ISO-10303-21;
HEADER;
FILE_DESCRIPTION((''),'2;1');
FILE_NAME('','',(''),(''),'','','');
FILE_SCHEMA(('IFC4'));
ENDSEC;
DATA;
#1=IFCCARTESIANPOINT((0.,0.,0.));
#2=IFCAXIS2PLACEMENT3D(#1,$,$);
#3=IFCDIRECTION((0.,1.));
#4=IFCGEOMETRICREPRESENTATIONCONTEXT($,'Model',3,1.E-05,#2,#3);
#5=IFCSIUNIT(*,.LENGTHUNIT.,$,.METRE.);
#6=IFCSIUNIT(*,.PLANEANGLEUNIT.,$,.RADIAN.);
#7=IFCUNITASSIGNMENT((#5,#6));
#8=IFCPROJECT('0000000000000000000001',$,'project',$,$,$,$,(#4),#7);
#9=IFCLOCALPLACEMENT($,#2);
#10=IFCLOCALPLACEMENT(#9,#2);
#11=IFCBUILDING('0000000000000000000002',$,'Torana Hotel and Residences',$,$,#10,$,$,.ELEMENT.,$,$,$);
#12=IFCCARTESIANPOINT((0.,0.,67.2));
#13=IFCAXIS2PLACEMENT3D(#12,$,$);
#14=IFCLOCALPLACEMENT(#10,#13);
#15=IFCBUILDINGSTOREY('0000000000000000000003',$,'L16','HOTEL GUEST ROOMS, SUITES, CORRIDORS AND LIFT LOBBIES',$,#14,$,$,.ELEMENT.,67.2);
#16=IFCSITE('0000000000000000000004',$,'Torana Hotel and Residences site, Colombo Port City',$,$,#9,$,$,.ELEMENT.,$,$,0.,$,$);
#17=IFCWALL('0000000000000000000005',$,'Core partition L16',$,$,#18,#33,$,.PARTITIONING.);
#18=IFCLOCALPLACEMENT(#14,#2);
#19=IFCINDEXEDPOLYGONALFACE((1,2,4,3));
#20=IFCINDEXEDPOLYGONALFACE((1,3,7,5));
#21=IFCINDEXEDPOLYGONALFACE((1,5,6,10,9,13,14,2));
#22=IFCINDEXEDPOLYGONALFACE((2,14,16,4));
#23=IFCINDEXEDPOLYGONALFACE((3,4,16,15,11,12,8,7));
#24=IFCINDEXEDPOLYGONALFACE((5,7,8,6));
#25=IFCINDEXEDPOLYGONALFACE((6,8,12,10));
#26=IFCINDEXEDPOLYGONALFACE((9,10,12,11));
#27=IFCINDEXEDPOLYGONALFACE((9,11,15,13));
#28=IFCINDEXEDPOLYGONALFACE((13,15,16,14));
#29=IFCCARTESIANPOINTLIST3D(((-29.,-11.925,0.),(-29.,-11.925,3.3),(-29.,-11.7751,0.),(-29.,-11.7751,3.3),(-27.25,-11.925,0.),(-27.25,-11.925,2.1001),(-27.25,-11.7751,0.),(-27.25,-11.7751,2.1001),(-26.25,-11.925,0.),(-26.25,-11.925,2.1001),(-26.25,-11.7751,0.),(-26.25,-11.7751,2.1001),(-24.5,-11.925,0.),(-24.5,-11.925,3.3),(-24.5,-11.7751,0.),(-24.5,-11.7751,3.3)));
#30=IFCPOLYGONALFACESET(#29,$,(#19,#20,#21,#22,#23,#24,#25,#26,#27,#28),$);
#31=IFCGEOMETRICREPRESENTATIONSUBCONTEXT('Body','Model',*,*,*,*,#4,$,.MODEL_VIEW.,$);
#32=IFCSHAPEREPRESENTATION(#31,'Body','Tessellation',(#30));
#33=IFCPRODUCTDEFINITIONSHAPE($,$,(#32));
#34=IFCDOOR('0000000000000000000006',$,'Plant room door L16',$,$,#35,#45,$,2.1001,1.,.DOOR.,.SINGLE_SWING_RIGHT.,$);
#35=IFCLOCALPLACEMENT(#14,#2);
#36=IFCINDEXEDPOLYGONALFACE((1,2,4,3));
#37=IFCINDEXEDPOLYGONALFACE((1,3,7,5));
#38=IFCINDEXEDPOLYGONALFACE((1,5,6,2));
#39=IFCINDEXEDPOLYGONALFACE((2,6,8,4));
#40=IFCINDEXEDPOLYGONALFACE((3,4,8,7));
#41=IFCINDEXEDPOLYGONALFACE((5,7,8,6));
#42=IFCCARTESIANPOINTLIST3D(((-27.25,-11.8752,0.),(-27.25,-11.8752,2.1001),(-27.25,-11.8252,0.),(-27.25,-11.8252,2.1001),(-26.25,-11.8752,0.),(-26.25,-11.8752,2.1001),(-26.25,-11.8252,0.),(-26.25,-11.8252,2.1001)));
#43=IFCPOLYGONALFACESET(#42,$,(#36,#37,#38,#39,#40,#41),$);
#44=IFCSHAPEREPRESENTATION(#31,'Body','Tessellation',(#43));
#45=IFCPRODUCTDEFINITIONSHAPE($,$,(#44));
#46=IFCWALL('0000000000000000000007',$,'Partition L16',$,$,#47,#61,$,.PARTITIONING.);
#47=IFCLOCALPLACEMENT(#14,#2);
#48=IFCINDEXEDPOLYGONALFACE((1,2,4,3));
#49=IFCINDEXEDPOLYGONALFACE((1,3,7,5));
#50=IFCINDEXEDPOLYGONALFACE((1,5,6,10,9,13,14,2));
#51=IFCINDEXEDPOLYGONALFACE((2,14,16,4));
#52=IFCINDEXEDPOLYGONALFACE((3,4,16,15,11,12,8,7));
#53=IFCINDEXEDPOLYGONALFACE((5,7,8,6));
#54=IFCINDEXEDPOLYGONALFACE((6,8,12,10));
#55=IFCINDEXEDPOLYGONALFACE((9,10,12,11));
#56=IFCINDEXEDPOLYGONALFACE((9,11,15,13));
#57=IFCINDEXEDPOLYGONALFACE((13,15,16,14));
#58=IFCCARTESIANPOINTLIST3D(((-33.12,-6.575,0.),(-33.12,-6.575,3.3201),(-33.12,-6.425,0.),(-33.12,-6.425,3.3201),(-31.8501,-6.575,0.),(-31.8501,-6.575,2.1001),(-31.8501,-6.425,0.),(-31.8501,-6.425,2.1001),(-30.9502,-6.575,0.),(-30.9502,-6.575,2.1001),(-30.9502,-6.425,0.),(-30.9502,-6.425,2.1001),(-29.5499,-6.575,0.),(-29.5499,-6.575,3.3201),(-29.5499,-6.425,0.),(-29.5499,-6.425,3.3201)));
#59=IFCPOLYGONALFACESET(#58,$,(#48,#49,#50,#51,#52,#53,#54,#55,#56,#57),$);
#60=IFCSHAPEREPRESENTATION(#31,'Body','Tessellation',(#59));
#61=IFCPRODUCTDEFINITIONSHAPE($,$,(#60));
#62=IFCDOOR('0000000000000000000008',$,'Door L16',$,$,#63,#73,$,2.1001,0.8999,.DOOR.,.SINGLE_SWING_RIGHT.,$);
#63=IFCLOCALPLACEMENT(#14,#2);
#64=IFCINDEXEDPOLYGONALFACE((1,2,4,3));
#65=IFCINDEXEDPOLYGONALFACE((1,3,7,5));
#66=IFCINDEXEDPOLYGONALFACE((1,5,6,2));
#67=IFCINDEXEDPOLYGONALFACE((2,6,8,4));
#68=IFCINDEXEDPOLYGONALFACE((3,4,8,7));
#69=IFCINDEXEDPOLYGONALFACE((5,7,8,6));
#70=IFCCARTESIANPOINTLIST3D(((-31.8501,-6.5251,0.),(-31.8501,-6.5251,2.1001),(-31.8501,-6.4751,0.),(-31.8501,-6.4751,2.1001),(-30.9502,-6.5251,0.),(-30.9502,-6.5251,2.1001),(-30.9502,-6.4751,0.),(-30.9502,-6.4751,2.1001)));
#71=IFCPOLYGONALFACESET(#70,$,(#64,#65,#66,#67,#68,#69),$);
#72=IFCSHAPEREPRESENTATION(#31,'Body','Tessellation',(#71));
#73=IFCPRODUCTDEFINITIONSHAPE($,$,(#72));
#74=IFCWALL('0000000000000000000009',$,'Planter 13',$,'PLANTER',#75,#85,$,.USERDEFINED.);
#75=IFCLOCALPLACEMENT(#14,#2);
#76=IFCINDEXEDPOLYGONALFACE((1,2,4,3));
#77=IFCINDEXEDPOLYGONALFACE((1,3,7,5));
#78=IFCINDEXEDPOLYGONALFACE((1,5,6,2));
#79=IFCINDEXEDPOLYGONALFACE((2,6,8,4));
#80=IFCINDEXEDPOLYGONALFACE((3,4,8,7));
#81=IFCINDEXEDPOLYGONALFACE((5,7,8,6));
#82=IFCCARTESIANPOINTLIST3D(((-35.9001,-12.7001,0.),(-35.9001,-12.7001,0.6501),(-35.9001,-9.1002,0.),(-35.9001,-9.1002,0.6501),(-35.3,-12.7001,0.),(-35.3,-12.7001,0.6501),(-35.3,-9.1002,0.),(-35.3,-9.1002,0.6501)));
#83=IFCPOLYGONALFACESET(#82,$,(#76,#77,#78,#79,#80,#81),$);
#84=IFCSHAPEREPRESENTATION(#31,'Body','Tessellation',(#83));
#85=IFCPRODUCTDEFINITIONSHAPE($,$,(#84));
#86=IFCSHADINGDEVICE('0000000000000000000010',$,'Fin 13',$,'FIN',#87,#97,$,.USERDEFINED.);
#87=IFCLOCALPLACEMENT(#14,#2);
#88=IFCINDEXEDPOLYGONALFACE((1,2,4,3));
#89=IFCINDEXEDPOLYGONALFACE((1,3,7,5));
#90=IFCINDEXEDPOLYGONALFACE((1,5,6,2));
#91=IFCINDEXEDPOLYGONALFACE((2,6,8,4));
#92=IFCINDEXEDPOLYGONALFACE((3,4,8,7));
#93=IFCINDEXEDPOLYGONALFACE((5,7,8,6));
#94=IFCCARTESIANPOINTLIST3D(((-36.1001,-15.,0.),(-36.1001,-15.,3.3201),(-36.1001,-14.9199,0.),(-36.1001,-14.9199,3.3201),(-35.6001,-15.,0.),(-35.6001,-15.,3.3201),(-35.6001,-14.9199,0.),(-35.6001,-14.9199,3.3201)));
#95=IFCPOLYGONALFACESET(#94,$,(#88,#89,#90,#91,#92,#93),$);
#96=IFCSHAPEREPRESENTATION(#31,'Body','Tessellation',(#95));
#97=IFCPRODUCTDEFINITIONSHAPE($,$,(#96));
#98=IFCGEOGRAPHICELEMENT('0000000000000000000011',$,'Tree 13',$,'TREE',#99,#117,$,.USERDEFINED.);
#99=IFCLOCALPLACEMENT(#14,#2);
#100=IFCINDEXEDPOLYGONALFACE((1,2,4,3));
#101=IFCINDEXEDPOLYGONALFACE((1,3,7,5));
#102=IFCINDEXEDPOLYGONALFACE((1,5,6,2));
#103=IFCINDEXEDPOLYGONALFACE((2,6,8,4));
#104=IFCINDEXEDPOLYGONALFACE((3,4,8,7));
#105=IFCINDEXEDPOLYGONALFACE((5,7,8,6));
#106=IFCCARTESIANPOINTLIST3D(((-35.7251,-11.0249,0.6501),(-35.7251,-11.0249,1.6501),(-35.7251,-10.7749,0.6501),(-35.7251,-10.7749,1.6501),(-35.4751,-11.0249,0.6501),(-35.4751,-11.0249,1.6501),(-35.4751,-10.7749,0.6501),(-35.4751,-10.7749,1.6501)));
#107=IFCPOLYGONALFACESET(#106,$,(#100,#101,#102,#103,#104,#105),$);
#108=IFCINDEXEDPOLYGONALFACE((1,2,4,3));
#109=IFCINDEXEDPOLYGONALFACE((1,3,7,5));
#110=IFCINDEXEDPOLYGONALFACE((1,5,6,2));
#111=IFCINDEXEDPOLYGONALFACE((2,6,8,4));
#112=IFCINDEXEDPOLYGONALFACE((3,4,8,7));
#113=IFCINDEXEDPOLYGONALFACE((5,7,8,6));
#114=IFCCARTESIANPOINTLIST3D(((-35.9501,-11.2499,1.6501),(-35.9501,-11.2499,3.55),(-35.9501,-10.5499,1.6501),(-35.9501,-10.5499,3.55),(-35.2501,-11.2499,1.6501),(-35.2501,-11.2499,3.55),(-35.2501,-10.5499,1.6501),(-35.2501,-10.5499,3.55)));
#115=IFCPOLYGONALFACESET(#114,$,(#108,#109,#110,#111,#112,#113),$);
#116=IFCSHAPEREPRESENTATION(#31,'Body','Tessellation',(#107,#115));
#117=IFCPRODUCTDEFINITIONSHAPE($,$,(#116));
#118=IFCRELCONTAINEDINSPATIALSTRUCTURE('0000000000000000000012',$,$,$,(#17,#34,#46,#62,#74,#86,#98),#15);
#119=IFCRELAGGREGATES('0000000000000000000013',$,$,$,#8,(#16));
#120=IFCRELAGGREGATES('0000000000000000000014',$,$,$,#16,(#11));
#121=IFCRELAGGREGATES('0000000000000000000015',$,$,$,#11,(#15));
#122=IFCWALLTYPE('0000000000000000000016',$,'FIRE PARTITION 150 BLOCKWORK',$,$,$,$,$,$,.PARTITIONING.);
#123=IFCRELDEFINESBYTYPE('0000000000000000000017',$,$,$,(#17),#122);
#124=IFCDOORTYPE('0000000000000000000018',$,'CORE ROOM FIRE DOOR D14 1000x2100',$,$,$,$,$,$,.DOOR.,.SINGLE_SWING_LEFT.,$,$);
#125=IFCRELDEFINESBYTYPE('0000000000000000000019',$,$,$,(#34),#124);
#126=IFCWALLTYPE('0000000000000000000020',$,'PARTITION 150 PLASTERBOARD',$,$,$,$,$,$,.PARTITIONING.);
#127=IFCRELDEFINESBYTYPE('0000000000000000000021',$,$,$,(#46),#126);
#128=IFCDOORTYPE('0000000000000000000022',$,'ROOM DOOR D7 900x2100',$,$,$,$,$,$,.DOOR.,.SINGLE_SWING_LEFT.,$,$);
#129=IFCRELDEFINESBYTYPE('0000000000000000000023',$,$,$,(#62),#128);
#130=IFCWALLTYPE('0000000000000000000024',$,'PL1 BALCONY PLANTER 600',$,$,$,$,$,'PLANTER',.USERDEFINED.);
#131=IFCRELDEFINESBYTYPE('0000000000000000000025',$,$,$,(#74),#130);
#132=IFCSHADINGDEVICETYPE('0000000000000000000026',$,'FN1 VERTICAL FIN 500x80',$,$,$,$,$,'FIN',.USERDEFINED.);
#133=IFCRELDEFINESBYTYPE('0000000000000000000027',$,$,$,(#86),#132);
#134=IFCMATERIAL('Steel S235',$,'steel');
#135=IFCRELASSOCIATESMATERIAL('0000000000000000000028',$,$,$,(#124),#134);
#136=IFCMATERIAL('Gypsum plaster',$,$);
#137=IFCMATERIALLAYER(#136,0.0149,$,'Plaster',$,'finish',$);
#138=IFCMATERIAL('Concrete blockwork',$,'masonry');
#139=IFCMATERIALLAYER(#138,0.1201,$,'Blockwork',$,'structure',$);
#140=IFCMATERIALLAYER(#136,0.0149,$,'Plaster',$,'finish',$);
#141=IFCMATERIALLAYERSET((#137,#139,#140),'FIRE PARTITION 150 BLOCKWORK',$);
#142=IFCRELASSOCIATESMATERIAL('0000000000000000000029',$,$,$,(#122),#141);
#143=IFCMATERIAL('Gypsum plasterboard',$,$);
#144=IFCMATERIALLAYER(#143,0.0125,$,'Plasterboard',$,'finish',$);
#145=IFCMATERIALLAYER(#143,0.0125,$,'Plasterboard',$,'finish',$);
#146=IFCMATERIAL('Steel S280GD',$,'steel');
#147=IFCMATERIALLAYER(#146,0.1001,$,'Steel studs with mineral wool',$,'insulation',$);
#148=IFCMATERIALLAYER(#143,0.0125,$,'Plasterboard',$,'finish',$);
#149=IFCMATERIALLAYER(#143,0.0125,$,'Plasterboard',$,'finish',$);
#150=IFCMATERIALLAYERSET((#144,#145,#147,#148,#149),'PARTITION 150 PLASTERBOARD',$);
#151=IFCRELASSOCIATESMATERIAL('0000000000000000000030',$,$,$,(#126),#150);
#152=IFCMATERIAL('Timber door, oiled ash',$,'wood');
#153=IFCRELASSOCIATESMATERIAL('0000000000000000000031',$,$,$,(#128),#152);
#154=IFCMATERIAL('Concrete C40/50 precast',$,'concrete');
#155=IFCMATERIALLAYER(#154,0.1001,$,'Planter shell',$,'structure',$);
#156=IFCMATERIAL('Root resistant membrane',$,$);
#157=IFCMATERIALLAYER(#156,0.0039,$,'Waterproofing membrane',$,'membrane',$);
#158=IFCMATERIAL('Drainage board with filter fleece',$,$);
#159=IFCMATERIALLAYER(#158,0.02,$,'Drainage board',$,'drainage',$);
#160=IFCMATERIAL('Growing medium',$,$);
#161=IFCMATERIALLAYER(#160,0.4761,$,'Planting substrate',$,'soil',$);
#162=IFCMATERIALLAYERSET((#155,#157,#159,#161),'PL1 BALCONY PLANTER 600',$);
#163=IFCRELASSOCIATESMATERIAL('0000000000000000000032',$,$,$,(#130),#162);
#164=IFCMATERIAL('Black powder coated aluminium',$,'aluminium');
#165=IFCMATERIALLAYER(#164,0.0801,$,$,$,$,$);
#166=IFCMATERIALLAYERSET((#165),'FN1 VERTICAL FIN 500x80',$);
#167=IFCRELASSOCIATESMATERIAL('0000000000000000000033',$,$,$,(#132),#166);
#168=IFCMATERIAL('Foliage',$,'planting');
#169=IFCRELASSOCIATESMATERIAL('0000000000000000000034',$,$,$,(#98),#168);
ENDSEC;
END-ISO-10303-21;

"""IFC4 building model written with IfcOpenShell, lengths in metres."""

from ifc_helpers import new_model, si_unit, direction, frame, frame_2d, origin, origin_2d, place, context, subcontext, project, spatial, rectangle, extrude, material, layer, layer_set, type_object, element, fill, save


model = new_model("IFC4")

# Units and contexts
model_context = context("Model", 3, precision=1e-05, world=origin(), true_north=direction((0.0, 1.0)))
body_context = subcontext(model_context, "Body", "Model", "MODEL_VIEW")
ifc_project = project(units=[si_unit("LENGTHUNIT", "METRE"), si_unit("PLANEANGLEUNIT", "RADIAN")], contexts=[model_context])

# Site, building, storey
site_placement = place(None, origin())
site = spatial("IfcSite", under=ifc_project, at=site_placement, Name="Torana Hotel and Residences site, Colombo Port City", CompositionType="ELEMENT", RefElevation=0.0)
building_placement = place(site_placement, origin())
building = spatial("IfcBuilding", under=site, at=building_placement, Name="Torana Hotel and Residences", CompositionType="ELEMENT")
storey_placement = place(building_placement, frame((0.0, 0.0, 67.2)))
storey = spatial("IfcBuildingStorey", under=building, at=storey_placement, Name="L16", Description="HOTEL GUEST ROOMS, SUITES, CORRIDORS AND LIFT LOBBIES", CompositionType="ELEMENT", Elevation=67.2)

# Shared definitions
ifc_material_1 = material(Name="Steel S235", Category="steel")
door_type_1 = type_object("IfcDoorType", Name="CORE ROOM FIRE DOOR D14 1000x2100", OperationType="SINGLE_SWING_LEFT", PredefinedType="DOOR", material=ifc_material_1)

# Walls, openings, doors
ifc_material_2 = material(Name="Gypsum plaster")
ifc_layer_1 = layer(ifc_material_2, 0.0149, Name="Plaster", Category="finish")
ifc_material_3 = material(Name="Concrete blockwork", Category="masonry")
ifc_layer_2 = layer(ifc_material_3, 0.1201, Name="Blockwork", Category="structure")
ifc_layer_3 = layer(ifc_material_2, 0.0149, Name="Plaster", Category="finish")
ifc_layer_set_1 = layer_set([ifc_layer_1, ifc_layer_2, ifc_layer_3], Name="FIRE PARTITION 150 BLOCKWORK")
wall_type_1 = type_object("IfcWallType", Name="FIRE PARTITION 150 BLOCKWORK", PredefinedType="PARTITIONING", material=ifc_layer_set_1)
wall_1_placement = place(storey_placement, frame((-29.0, -11.8501, 0.0), z_axis=(0.0, 0.0, 1.0), x_axis=(1.0, 0.0, 0.0)))
wall_1 = element("IfcWall", 1, at=wall_1_placement, inside=storey, type_object=wall_type_1, Name="Core partition L16", PredefinedType="PARTITIONING", context=body_context, shape_type="SweptSolid", body=[
    extrude(rectangle(XDim=4.5, YDim=0.1499, at=frame_2d((2.25, 0.0))), origin(), (0.0, 0.0, 1.0), 3.3),
])
opening_1_placement = place(wall_1_placement, frame((1.75, 0.0, 0.0)))
opening_1 = element("IfcOpeningElement", 2, at=opening_1_placement, cuts=wall_1, PredefinedType="OPENING", context=body_context, shape_type="SweptSolid", body=[
    extrude(rectangle(XDim=1.0, YDim=2.1001, at=frame_2d((0.5, 1.05))), frame((0.0, 0.085, 0.0), z_axis=(0.0, -1.0, 0.0), x_axis=(1.0, 0.0, 0.0)), (0.0, 0.0, 1.0), 0.1699),
])
door_1_placement = place(opening_1_placement, origin())
door_1 = element("IfcDoor", 3, at=door_1_placement, inside=storey, type_object=door_type_1, Name="Plant room door L16", OperationType="SINGLE_SWING_RIGHT", OverallHeight=2.1001, OverallWidth=1.0, PredefinedType="DOOR", context=body_context, shape_type="SweptSolid", body=[
    extrude(rectangle(XDim=1.0, YDim=2.1001, at=frame_2d((0.5, 1.05))), frame((0.0, 0.0249, 0.0), z_axis=(0.0, -1.0, 0.0), x_axis=(1.0, 0.0, 0.0)), (0.0, 0.0, 1.0), 0.05),
])
fill(opening_1, door_1)
ifc_material_4 = material(Name="Gypsum plasterboard")
ifc_layer_4 = layer(ifc_material_4, 0.0125, Name="Plasterboard", Category="finish")
ifc_layer_5 = layer(ifc_material_4, 0.0125, Name="Plasterboard", Category="finish")
ifc_material_5 = material(Name="Steel S280GD", Category="steel")
ifc_layer_6 = layer(ifc_material_5, 0.1001, Name="Steel studs with mineral wool", Category="insulation")
ifc_layer_7 = layer(ifc_material_4, 0.0125, Name="Plasterboard", Category="finish")
ifc_layer_8 = layer(ifc_material_4, 0.0125, Name="Plasterboard", Category="finish")
ifc_layer_set_2 = layer_set([ifc_layer_4, ifc_layer_5, ifc_layer_6, ifc_layer_7, ifc_layer_8], Name="PARTITION 150 PLASTERBOARD")
wall_type_2 = type_object("IfcWallType", Name="PARTITION 150 PLASTERBOARD", PredefinedType="PARTITIONING", material=ifc_layer_set_2)
wall_2_placement = place(storey_placement, frame((-33.1201, -6.5, 0.0), z_axis=(0.0, 0.0, 1.0), x_axis=(1.0, 0.0, 0.0)))
wall_2 = element("IfcWall", 4, at=wall_2_placement, inside=storey, type_object=wall_type_2, Name="Partition L16", PredefinedType="PARTITIONING", context=body_context, shape_type="SweptSolid", body=[
    extrude(rectangle(XDim=3.5701, YDim=0.1499, at=frame_2d((1.7852, 0.0))), origin(), (0.0, 0.0, 1.0), 3.3201),
])
opening_2_placement = place(wall_2_placement, frame((1.27, 0.0, 0.0)))
opening_2 = element("IfcOpeningElement", 5, at=opening_2_placement, cuts=wall_2, PredefinedType="OPENING", context=body_context, shape_type="SweptSolid", body=[
    extrude(rectangle(XDim=0.8999, YDim=2.1001, at=frame_2d((0.45, 1.05))), frame((0.0, 0.085, 0.0), z_axis=(0.0, -1.0, 0.0), x_axis=(1.0, 0.0, 0.0)), (0.0, 0.0, 1.0), 0.1699),
])
ifc_material_6 = material(Name="Timber door, oiled ash", Category="wood")
door_type_2 = type_object("IfcDoorType", Name="ROOM DOOR D7 900x2100", OperationType="SINGLE_SWING_LEFT", PredefinedType="DOOR", material=ifc_material_6)
door_2_placement = place(opening_2_placement, origin())
door_2 = element("IfcDoor", 6, at=door_2_placement, inside=storey, type_object=door_type_2, Name="Door L16", OperationType="SINGLE_SWING_RIGHT", OverallHeight=2.1001, OverallWidth=0.8999, PredefinedType="DOOR", context=body_context, shape_type="SweptSolid", body=[
    extrude(rectangle(XDim=0.8999, YDim=2.1001, at=frame_2d((0.45, 1.05))), frame((0.0, 0.0249, 0.0), z_axis=(0.0, -1.0, 0.0), x_axis=(1.0, 0.0, 0.0)), (0.0, 0.0, 1.0), 0.05),
])
fill(opening_2, door_2)

# Wall
ifc_material_7 = material(Name="Concrete C40/50 precast", Category="concrete")
ifc_layer_9 = layer(ifc_material_7, 0.1001, Name="Planter shell", Category="structure")
ifc_material_8 = material(Name="Root resistant membrane")
ifc_layer_10 = layer(ifc_material_8, 0.0039, Name="Waterproofing membrane", Category="membrane")
ifc_material_9 = material(Name="Drainage board with filter fleece")
ifc_layer_11 = layer(ifc_material_9, 0.02, Name="Drainage board", Category="drainage")
ifc_material_10 = material(Name="Growing medium")
ifc_layer_12 = layer(ifc_material_10, 0.4761, Name="Planting substrate", Category="soil")
ifc_layer_set_3 = layer_set([ifc_layer_9, ifc_layer_10, ifc_layer_11, ifc_layer_12], Name="PL1 BALCONY PLANTER 600")
wall_type_3 = type_object("IfcWallType", Name="PL1 BALCONY PLANTER 600", ElementType="PLANTER", PredefinedType="USERDEFINED", material=ifc_layer_set_3)
wall_3_placement = place(storey_placement, frame((-35.6001, -12.7, 0.0), z_axis=(0.0, 0.0, 1.0), x_axis=(0.0, 1.0, 0.0)))
element("IfcWall", 7, at=wall_3_placement, inside=storey, type_object=wall_type_3, Name="Planter 13", ObjectType="PLANTER", PredefinedType="USERDEFINED", context=body_context, shape_type="SweptSolid", body=[
    extrude(rectangle(XDim=3.5999, YDim=0.6001, at=frame_2d((1.7998, 0.0))), origin(), (0.0, 0.0, 1.0), 0.6501),
])

# Shading device
ifc_material_11 = material(Name="Black powder coated aluminium", Category="aluminium")
ifc_layer_13 = layer(ifc_material_11, 0.0801)
ifc_layer_set_4 = layer_set([ifc_layer_13], Name="FN1 VERTICAL FIN 500x80")
shading_device_type = type_object("IfcShadingDeviceType", Name="FN1 VERTICAL FIN 500x80", ElementType="FIN", PredefinedType="USERDEFINED", material=ifc_layer_set_4)
shading_device_placement = place(storey_placement, frame((-35.8501, -14.96, 0.0), z_axis=(0.0, 0.0, 1.0), x_axis=(0.0, 1.0, 0.0)))
element("IfcShadingDevice", 8, at=shading_device_placement, inside=storey, type_object=shading_device_type, Name="Fin 13", ObjectType="FIN", PredefinedType="USERDEFINED", context=body_context, shape_type="SweptSolid", body=[
    extrude(rectangle(XDim=0.0801, YDim=0.5, at=origin_2d()), origin(), (0.0, 0.0, 1.0), 3.3201),
])

# Geographic element
ifc_material_12 = material(Name="Foliage", Category="planting")
geographic_element_placement = place(storey_placement, frame((-35.6001, -10.8999, 0.6501), z_axis=(0.0, 0.0, 1.0), x_axis=(1.0, 0.0, 0.0)))
element("IfcGeographicElement", 9, at=geographic_element_placement, inside=storey, material=ifc_material_12, Name="Tree 13", ObjectType="TREE", PredefinedType="USERDEFINED", context=body_context, shape_type="SweptSolid", body=[
    extrude(rectangle(XDim=0.25, YDim=0.25, at=origin_2d()), origin(), (0.0, 0.0, 1.0), 1.0),
    extrude(rectangle(XDim=0.7, YDim=0.7, at=origin_2d()), frame((0.0, 0.0, 1.0)), (0.0, 0.0, 1.0), 1.8999),
])

save(model, "model.ifc")
